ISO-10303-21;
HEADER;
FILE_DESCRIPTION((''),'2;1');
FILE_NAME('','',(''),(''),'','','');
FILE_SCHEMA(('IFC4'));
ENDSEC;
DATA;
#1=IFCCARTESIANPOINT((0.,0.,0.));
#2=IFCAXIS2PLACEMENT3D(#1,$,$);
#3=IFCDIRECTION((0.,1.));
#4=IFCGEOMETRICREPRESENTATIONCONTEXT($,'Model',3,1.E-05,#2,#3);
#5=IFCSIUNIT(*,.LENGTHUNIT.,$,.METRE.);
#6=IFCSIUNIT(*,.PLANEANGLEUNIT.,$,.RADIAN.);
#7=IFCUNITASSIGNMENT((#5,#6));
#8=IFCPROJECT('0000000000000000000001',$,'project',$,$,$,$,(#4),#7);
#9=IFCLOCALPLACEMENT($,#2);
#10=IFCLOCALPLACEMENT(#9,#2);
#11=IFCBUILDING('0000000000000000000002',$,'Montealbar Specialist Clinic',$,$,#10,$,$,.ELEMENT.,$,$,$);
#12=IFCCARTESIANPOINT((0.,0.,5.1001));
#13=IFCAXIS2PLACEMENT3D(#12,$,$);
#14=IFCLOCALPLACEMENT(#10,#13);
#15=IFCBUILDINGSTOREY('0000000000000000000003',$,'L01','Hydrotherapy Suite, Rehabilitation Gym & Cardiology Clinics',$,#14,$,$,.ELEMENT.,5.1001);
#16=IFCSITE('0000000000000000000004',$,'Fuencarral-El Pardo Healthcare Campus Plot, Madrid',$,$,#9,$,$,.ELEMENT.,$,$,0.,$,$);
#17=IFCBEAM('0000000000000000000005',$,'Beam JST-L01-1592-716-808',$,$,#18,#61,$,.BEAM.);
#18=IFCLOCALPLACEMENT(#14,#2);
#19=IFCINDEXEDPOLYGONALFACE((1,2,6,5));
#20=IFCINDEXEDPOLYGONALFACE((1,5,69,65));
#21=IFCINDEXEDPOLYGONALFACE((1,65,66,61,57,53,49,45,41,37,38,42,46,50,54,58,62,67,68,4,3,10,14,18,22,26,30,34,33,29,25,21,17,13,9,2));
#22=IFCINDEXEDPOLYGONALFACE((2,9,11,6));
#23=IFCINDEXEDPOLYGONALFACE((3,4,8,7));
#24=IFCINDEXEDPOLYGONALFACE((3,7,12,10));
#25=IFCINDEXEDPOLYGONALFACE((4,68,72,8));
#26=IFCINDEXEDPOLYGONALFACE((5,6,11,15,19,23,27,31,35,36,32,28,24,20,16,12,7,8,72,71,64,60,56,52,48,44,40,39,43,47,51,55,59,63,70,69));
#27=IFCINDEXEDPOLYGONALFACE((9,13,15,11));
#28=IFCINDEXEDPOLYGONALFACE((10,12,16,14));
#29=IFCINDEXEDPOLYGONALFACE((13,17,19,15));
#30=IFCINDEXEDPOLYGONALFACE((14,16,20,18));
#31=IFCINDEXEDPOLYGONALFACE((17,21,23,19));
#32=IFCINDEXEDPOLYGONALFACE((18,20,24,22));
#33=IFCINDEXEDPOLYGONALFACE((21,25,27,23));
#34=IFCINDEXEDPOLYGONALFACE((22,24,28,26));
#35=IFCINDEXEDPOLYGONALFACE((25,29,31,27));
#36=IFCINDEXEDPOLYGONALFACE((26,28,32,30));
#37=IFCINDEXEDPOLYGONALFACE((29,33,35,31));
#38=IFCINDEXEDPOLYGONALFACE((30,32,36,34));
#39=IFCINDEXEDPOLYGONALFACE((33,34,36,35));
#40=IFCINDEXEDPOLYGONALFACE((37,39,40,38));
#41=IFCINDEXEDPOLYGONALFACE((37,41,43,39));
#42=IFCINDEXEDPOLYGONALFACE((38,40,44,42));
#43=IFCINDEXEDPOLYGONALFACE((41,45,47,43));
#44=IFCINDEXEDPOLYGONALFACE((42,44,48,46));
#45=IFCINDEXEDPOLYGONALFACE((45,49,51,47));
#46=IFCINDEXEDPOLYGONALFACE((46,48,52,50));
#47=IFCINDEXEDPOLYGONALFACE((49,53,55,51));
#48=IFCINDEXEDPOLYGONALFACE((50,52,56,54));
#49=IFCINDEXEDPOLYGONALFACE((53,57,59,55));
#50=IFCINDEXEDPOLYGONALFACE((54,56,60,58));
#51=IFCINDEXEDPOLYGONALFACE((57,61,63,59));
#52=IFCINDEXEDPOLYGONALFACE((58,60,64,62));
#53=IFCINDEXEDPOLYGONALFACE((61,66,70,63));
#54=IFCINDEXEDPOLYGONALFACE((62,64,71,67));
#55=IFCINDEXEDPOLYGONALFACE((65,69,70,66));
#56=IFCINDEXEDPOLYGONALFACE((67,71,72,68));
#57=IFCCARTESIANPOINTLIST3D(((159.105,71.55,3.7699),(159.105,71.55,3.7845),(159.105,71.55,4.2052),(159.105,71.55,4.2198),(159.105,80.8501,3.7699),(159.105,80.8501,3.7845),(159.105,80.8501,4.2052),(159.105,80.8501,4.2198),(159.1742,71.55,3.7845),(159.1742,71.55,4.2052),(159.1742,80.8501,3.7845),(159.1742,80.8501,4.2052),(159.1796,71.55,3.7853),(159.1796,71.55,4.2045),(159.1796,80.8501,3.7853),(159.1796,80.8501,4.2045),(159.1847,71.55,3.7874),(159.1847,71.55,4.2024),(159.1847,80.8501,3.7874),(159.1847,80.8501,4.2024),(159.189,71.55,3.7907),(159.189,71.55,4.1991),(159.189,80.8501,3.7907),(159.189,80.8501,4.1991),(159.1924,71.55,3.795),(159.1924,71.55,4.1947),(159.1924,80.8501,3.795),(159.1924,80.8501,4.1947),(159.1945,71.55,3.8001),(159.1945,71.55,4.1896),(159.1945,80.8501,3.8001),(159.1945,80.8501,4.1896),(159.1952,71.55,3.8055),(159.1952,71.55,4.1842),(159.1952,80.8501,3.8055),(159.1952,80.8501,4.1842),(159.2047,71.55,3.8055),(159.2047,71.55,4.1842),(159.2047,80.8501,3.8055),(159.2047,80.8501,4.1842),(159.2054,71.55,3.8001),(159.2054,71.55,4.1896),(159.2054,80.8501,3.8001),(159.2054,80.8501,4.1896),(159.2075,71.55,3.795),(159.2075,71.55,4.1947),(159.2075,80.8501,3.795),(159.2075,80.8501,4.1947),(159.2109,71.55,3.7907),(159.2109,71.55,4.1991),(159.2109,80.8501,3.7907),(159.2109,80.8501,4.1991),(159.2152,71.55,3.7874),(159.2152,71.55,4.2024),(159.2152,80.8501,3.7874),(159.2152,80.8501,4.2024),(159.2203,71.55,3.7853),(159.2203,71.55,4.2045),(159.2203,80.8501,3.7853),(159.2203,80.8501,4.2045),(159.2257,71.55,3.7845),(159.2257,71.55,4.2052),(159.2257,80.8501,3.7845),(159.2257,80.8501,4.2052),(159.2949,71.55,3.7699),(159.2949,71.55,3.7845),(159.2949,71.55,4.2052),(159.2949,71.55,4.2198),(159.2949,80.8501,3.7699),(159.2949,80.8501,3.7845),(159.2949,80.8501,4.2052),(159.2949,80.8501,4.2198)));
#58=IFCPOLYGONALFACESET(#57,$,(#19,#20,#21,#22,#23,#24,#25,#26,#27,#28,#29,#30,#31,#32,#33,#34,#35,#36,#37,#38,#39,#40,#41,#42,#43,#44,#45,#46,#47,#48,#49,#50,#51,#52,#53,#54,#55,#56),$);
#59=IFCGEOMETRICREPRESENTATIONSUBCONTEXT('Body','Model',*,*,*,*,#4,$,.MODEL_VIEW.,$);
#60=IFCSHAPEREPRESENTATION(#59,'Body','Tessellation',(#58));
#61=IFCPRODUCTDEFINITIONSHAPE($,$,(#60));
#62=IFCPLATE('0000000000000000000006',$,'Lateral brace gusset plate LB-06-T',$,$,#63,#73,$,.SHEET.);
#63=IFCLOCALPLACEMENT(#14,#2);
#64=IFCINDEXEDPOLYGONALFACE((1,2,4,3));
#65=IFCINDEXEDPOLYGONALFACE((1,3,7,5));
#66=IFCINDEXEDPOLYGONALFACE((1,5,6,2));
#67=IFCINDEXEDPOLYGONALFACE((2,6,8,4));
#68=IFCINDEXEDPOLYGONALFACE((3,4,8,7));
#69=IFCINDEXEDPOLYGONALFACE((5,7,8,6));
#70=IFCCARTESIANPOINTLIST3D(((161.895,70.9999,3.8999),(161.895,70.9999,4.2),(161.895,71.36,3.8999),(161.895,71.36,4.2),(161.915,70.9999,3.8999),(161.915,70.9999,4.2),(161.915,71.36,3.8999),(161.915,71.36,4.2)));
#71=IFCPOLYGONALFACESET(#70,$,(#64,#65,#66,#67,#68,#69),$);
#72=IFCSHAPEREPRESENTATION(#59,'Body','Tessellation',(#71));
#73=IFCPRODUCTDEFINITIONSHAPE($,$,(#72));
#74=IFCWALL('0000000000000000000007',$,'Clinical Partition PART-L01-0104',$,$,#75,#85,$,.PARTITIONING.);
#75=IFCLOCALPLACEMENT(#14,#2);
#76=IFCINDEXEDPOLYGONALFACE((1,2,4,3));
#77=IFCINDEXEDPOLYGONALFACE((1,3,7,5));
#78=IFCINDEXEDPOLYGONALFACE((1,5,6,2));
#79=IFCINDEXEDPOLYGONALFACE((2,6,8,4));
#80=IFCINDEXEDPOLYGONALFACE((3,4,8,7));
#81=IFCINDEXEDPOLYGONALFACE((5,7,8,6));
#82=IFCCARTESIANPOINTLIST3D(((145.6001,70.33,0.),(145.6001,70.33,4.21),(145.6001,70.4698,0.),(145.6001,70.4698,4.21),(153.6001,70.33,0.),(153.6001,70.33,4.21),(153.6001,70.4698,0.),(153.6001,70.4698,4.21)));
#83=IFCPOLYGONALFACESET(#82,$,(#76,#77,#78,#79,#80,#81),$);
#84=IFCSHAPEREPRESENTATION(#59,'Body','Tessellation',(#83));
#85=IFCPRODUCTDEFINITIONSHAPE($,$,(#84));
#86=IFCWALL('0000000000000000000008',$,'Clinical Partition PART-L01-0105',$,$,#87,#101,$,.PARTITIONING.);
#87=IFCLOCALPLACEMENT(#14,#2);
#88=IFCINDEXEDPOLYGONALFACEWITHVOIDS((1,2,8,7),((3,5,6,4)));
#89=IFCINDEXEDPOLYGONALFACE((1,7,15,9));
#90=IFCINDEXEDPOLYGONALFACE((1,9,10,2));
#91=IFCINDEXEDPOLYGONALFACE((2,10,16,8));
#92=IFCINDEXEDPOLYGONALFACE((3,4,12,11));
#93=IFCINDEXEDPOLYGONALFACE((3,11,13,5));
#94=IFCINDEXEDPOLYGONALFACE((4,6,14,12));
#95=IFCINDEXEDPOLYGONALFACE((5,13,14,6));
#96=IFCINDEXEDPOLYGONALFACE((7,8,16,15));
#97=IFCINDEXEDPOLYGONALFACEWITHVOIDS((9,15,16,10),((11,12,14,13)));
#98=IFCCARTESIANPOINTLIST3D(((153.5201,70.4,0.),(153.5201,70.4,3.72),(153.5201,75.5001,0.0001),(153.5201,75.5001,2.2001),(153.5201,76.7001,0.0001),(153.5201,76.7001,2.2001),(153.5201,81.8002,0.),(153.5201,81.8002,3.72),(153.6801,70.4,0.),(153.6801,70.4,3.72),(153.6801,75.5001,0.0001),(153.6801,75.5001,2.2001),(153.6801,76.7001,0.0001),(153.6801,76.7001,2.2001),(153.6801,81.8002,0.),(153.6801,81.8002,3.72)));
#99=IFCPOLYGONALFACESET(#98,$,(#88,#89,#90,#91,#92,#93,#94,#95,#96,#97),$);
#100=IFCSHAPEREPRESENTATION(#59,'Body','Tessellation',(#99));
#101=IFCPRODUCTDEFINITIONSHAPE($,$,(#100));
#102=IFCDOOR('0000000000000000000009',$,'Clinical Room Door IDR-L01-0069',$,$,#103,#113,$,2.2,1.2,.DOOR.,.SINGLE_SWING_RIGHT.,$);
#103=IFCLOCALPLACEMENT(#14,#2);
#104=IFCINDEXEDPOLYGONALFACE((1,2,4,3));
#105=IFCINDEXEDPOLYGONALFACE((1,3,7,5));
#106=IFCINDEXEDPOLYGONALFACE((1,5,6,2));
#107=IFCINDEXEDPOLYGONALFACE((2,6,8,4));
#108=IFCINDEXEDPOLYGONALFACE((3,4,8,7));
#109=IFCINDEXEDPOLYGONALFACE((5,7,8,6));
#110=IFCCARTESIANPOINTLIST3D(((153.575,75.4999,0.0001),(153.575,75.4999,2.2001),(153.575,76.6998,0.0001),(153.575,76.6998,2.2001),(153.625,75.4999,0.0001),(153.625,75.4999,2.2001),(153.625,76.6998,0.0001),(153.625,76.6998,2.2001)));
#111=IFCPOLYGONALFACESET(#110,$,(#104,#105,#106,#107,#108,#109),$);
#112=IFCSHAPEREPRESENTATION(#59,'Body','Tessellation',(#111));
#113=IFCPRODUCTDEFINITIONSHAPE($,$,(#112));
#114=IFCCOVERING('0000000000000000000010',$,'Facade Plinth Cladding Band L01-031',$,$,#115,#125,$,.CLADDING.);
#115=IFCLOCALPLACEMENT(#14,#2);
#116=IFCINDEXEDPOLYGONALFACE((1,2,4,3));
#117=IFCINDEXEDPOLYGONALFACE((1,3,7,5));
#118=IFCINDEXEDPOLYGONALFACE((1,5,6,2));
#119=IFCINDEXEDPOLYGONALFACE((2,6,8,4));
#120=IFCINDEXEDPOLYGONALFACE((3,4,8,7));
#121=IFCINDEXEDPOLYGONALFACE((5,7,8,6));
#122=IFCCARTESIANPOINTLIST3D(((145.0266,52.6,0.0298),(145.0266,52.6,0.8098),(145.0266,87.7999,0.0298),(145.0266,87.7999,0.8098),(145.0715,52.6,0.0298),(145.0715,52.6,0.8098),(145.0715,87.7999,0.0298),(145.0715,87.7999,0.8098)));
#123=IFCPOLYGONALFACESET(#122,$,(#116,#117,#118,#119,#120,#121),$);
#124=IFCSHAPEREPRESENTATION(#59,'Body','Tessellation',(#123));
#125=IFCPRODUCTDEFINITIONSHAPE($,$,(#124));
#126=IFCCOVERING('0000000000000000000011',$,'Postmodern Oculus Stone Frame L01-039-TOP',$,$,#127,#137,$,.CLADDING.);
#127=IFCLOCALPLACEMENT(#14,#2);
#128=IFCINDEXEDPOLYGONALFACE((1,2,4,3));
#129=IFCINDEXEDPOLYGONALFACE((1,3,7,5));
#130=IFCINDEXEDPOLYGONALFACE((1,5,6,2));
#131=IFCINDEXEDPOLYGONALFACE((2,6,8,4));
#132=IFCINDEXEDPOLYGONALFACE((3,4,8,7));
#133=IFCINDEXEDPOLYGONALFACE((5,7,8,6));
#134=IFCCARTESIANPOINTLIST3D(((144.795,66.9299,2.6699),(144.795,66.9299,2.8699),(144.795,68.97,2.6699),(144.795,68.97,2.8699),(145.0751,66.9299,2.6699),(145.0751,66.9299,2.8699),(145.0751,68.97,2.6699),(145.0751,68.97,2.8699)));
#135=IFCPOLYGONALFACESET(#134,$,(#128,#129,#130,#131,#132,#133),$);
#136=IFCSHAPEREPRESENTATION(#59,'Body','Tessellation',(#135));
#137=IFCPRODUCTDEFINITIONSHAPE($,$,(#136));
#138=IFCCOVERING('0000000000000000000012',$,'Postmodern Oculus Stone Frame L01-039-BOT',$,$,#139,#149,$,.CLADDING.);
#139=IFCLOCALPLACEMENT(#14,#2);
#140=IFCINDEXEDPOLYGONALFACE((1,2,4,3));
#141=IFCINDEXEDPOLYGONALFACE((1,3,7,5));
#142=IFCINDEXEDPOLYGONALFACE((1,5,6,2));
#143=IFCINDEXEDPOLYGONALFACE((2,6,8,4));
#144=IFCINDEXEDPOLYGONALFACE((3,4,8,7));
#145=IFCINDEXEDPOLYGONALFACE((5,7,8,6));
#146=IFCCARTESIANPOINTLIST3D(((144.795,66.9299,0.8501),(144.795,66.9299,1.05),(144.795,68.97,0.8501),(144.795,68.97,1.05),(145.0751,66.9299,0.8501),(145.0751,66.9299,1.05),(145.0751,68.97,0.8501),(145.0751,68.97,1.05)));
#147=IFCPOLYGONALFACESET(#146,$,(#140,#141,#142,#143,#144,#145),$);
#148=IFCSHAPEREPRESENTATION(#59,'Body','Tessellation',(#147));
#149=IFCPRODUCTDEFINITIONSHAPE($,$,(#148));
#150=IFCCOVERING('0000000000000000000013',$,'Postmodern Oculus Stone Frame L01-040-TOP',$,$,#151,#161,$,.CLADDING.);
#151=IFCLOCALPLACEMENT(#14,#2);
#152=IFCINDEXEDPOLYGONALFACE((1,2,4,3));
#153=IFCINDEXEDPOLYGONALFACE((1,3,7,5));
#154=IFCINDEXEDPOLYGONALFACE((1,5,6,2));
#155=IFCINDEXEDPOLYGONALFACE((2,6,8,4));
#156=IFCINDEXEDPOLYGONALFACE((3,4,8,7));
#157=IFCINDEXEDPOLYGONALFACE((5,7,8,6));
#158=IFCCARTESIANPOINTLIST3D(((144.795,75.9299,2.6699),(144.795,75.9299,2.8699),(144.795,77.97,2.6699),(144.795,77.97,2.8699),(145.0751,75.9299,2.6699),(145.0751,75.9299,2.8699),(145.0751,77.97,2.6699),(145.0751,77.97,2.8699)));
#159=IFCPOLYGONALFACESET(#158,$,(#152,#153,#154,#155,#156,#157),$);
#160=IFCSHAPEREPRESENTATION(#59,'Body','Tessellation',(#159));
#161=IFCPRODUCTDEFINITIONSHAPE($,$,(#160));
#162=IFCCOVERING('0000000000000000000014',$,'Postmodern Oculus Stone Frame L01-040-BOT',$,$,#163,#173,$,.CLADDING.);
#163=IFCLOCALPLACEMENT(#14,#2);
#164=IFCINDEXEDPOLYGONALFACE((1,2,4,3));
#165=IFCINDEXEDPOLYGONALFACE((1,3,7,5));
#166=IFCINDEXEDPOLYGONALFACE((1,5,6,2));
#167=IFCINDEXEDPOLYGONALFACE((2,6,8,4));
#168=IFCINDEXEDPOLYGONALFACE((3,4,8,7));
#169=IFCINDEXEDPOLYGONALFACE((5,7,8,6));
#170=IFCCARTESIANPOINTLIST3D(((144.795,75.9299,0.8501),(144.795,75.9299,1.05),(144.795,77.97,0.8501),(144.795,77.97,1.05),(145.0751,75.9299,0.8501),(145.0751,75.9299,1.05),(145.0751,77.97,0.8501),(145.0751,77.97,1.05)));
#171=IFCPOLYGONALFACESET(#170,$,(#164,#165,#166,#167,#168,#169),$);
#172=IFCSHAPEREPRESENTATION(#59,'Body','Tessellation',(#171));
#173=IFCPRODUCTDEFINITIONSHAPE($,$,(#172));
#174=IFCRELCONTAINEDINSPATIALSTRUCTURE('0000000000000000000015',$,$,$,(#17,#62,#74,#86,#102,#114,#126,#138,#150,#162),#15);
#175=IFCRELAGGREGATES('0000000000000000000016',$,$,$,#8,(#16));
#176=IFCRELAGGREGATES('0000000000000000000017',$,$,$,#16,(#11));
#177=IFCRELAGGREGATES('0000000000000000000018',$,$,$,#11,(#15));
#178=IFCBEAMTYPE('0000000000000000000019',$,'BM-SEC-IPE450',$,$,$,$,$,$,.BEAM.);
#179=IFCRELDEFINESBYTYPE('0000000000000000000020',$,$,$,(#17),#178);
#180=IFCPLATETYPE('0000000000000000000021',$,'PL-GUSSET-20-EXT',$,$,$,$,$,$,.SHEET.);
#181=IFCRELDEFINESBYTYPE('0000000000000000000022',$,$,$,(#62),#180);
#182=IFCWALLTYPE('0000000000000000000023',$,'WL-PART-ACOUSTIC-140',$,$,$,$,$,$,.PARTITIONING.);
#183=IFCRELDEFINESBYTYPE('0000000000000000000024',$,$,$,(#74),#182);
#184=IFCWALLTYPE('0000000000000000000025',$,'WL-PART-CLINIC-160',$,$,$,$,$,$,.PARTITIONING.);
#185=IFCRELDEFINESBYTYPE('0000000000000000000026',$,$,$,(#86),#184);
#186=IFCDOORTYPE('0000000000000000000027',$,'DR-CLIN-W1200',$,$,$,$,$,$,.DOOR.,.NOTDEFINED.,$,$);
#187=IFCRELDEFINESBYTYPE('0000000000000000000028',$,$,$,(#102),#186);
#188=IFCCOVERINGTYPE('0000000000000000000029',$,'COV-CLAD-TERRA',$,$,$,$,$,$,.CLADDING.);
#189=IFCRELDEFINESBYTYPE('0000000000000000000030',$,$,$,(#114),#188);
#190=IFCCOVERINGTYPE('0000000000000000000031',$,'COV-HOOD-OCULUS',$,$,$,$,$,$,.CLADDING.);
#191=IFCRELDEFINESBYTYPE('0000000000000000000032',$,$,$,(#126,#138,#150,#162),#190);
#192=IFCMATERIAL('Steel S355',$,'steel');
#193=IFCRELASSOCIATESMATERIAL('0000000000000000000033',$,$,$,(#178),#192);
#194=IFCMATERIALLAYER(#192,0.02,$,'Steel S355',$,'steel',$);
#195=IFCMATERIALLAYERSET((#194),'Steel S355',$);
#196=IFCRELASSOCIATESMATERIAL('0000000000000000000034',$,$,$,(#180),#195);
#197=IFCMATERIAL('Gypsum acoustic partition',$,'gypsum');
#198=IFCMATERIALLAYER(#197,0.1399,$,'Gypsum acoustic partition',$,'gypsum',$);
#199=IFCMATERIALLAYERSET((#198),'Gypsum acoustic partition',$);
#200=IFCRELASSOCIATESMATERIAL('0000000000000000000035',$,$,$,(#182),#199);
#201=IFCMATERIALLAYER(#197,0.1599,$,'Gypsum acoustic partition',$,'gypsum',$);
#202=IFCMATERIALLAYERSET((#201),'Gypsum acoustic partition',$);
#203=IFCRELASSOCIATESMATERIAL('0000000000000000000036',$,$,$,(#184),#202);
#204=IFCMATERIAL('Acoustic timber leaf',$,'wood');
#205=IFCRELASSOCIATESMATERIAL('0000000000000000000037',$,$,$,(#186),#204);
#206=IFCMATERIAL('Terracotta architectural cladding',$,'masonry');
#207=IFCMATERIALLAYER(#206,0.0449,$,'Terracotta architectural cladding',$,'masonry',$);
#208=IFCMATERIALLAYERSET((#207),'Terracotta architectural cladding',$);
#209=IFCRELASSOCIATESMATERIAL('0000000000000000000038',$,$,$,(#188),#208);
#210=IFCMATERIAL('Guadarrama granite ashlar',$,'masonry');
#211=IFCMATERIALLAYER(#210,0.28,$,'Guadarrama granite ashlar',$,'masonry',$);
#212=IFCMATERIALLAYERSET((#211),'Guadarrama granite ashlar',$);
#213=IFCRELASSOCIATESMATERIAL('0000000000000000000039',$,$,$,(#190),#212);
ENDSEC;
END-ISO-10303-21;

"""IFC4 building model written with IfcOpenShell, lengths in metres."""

from ifc_helpers import new_model, si_unit, direction, frame, frame_2d, origin, origin_2d, place, context, subcontext, project, spatial, rectangle, i_section, extrude, material, layer, layer_set, material_profile, profile_set, type_object, element, fill, save


model = new_model("IFC4")

# Units and contexts
model_context = context("Model", 3, precision=1e-05, world=origin(), true_north=direction((0.0, 1.0)))
body_context = subcontext(model_context, "Body", "Model", "MODEL_VIEW")
ifc_project = project(units=[si_unit("LENGTHUNIT", "METRE"), si_unit("PLANEANGLEUNIT", "RADIAN")], contexts=[model_context])

# Site, building, storey
site_placement = place(None, origin())
site = spatial("IfcSite", under=ifc_project, at=site_placement, Name="Fuencarral-El Pardo Healthcare Campus Plot, Madrid", CompositionType="ELEMENT", RefElevation=0.0)
building_placement = place(site_placement, origin())
building = spatial("IfcBuilding", under=site, at=building_placement, Name="Montealbar Specialist Clinic", CompositionType="ELEMENT")
storey_placement = place(building_placement, frame((0.0, 0.0, 5.1001)))
storey = spatial("IfcBuildingStorey", under=building, at=storey_placement, Name="L01", Description="Hydrotherapy Suite, Rehabilitation Gym & Cardiology Clinics", CompositionType="ELEMENT", Elevation=5.1001)

# Shared definitions
ifc_material_1 = material(Name="Steel S355", Category="steel")
ifc_material_2 = material(Name="Guadarrama granite ashlar", Category="masonry")

# Beam
ifc_material_profile_1 = material_profile(ifc_material_1, i_section(OverallWidth=0.1899, OverallDepth=0.45, WebThickness=0.0095, FlangeThickness=0.0146, FilletRadius=0.021, at=origin_2d()), Name="IPE 450", Category="steel")
ifc_profile_set_1 = profile_set([ifc_material_profile_1], Name="Steel S355")
beam_type_1 = type_object("IfcBeamType", Name="BM-SEC-IPE450", PredefinedType="BEAM", material=ifc_profile_set_1)
beam_1_placement = place(storey_placement, frame((159.2, 71.55, 3.9949), z_axis=(0.0, 1.0, 0.0), x_axis=(-1.0, 0.0, 0.0)))
element("IfcBeam", 1, at=beam_1_placement, inside=storey, type_object=beam_type_1, Name="Beam JST-L01-1592-716-808", PredefinedType="BEAM", context=body_context, shape_type="SweptSolid", body=[
    extrude(i_section(OverallWidth=0.1899, OverallDepth=0.45, WebThickness=0.0095, FlangeThickness=0.0146, FilletRadius=0.021, at=origin_2d()), origin(), (0.0, 0.0, 1.0), 9.3),
])

# Plate
ifc_layer_1 = layer(ifc_material_1, 0.02, Name="Steel S355", Category="steel")
ifc_layer_set_1 = layer_set([ifc_layer_1], Name="Steel S355")
plate_type = type_object("IfcPlateType", Name="PL-GUSSET-20-EXT", PredefinedType="SHEET", material=ifc_layer_set_1)
plate_placement = place(storey_placement, frame((161.905, 71.1799, 3.8999), z_axis=(0.0, 0.0, 1.0), x_axis=(0.0, 1.0, 0.0)))
element("IfcPlate", 2, at=plate_placement, inside=storey, type_object=plate_type, Name="Lateral brace gusset plate LB-06-T", PredefinedType="SHEET", context=body_context, shape_type="SweptSolid", body=[
    extrude(rectangle(XDim=0.3601, YDim=0.02, at=origin_2d()), origin(), (0.0, 0.0, 1.0), 0.3),
])

# Wall
ifc_material_3 = material(Name="Gypsum acoustic partition", Category="gypsum")
ifc_layer_2 = layer(ifc_material_3, 0.1399, Name="Gypsum acoustic partition", Category="gypsum")
ifc_layer_set_2 = layer_set([ifc_layer_2], Name="Gypsum acoustic partition")
wall_type_1 = type_object("IfcWallType", Name="WL-PART-ACOUSTIC-140", PredefinedType="PARTITIONING", material=ifc_layer_set_2)
wall_1_placement = place(storey_placement, frame((145.6001, 70.3999, 0.0), z_axis=(0.0, 0.0, 1.0), x_axis=(1.0, 0.0, 0.0)))
element("IfcWall", 3, at=wall_1_placement, inside=storey, type_object=wall_type_1, Name="Clinical Partition PART-L01-0104", PredefinedType="PARTITIONING", context=body_context, shape_type="SweptSolid", body=[
    extrude(rectangle(XDim=8.0, YDim=0.1399, at=frame_2d((4.0, 0.0))), origin(), (0.0, 0.0, 1.0), 4.21),
])

# Wall, opening, door
ifc_layer_3 = layer(ifc_material_3, 0.1599, Name="Gypsum acoustic partition", Category="gypsum")
ifc_layer_set_3 = layer_set([ifc_layer_3], Name="Gypsum acoustic partition")
wall_type_2 = type_object("IfcWallType", Name="WL-PART-CLINIC-160", PredefinedType="PARTITIONING", material=ifc_layer_set_3)
wall_2_placement = place(storey_placement, frame((153.6001, 70.3999, 0.0), z_axis=(0.0, 0.0, 1.0), x_axis=(0.0, 1.0, 0.0)))
wall_2 = element("IfcWall", 4, at=wall_2_placement, inside=storey, type_object=wall_type_2, Name="Clinical Partition PART-L01-0105", PredefinedType="PARTITIONING", context=body_context, shape_type="SweptSolid", body=[
    extrude(rectangle(XDim=11.4001, YDim=0.1599, at=frame_2d((5.7002, 0.0))), origin(), (0.0, 0.0, 1.0), 3.72),
])
opening_placement = place(wall_2_placement, frame((5.1001, 0.0, 0.0)))
opening = element("IfcOpeningElement", 5, at=opening_placement, cuts=wall_2, PredefinedType="OPENING", context=body_context, shape_type="SweptSolid", body=[
    extrude(rectangle(XDim=1.2, YDim=2.2, at=frame_2d((0.6001, 1.1001))), frame((0.0, 0.0898, 0.0), z_axis=(0.0, -1.0, 0.0), x_axis=(1.0, 0.0, 0.0)), (0.0, 0.0, 1.0), 0.1799),
])
ifc_material_4 = material(Name="Acoustic timber leaf", Category="wood")
door_type = type_object("IfcDoorType", Name="DR-CLIN-W1200", OperationType="NOTDEFINED", PredefinedType="DOOR", material=ifc_material_4)
door_placement = place(opening_placement, frame((1.2, 0.0, 0.0), z_axis=(0.0, 0.0, 1.0), x_axis=(-1.0, 0.0, 0.0)))
door = element("IfcDoor", 6, at=door_placement, inside=storey, type_object=door_type, Name="Clinical Room Door IDR-L01-0069", OperationType="SINGLE_SWING_RIGHT", OverallHeight=2.2, OverallWidth=1.2, PredefinedType="DOOR", context=body_context, shape_type="SweptSolid", body=[
    extrude(rectangle(XDim=1.2, YDim=2.2, at=frame_2d((0.6001, 1.1001))), frame((0.0, 0.0249, 0.0), z_axis=(0.0, -1.0, 0.0), x_axis=(1.0, 0.0, 0.0)), (0.0, 0.0, 1.0), 0.05),
])
fill(opening, door)

# Coverings
ifc_material_5 = material(Name="Terracotta architectural cladding", Category="masonry")
ifc_layer_4 = layer(ifc_material_5, 0.0449, Name="Terracotta architectural cladding", Category="masonry")
ifc_layer_set_4 = layer_set([ifc_layer_4], Name="Terracotta architectural cladding")
covering_type_1 = type_object("IfcCoveringType", Name="COV-CLAD-TERRA", PredefinedType="CLADDING", material=ifc_layer_set_4)
covering_placement = place(storey_placement, frame((145.0491, 70.2, 0.0298), z_axis=(0.0, 0.0, 1.0), x_axis=(0.0, 1.0, 0.0)))
element("IfcCovering", 7, at=covering_placement, inside=storey, type_object=covering_type_1, Name="Facade Plinth Cladding Band L01-031", PredefinedType="CLADDING", context=body_context, shape_type="SweptSolid", body=[
    extrude(rectangle(XDim=35.2, YDim=0.0449, at=origin_2d()), origin(), (0.0, 0.0, 1.0), 0.78),
])
ifc_layer_5 = layer(ifc_material_2, 0.28, Name="Guadarrama granite ashlar", Category="masonry")
ifc_layer_set_5 = layer_set([ifc_layer_5], Name="Guadarrama granite ashlar")
covering_type_2 = type_object("IfcCoveringType", Name="COV-HOOD-OCULUS", PredefinedType="CLADDING", material=ifc_layer_set_5)
for number, where, z_axis, x_axis, name in (
    (8, (144.9351, 67.95, 2.6699), (0.0, 0.0, 1.0), (0.0, 1.0, 0.0), "Postmodern Oculus Stone Frame L01-039-TOP"),
    (9, (144.9351, 67.95, 0.8501), (0.0, 0.0, 1.0), (0.0, 1.0, 0.0), "Postmodern Oculus Stone Frame L01-039-BOT"),
    (10, (144.9351, 76.95, 2.6699), (0.0, 0.0, 1.0), (0.0, 1.0, 0.0), "Postmodern Oculus Stone Frame L01-040-TOP"),
    (11, (144.9351, 76.95, 0.8501), (0.0, 0.0, 1.0), (0.0, 1.0, 0.0), "Postmodern Oculus Stone Frame L01-040-BOT"),
):
    element("IfcCovering", number, at=place(storey_placement, frame(where, z_axis=z_axis, x_axis=x_axis)), inside=storey, type_object=covering_type_2, Name=name, PredefinedType="CLADDING", context=body_context, shape_type="SweptSolid", body=[
        extrude(rectangle(XDim=2.04, YDim=0.28, at=origin_2d()), origin(), (0.0, 0.0, 1.0), 0.2),
    ])

save(model, "model.ifc")
